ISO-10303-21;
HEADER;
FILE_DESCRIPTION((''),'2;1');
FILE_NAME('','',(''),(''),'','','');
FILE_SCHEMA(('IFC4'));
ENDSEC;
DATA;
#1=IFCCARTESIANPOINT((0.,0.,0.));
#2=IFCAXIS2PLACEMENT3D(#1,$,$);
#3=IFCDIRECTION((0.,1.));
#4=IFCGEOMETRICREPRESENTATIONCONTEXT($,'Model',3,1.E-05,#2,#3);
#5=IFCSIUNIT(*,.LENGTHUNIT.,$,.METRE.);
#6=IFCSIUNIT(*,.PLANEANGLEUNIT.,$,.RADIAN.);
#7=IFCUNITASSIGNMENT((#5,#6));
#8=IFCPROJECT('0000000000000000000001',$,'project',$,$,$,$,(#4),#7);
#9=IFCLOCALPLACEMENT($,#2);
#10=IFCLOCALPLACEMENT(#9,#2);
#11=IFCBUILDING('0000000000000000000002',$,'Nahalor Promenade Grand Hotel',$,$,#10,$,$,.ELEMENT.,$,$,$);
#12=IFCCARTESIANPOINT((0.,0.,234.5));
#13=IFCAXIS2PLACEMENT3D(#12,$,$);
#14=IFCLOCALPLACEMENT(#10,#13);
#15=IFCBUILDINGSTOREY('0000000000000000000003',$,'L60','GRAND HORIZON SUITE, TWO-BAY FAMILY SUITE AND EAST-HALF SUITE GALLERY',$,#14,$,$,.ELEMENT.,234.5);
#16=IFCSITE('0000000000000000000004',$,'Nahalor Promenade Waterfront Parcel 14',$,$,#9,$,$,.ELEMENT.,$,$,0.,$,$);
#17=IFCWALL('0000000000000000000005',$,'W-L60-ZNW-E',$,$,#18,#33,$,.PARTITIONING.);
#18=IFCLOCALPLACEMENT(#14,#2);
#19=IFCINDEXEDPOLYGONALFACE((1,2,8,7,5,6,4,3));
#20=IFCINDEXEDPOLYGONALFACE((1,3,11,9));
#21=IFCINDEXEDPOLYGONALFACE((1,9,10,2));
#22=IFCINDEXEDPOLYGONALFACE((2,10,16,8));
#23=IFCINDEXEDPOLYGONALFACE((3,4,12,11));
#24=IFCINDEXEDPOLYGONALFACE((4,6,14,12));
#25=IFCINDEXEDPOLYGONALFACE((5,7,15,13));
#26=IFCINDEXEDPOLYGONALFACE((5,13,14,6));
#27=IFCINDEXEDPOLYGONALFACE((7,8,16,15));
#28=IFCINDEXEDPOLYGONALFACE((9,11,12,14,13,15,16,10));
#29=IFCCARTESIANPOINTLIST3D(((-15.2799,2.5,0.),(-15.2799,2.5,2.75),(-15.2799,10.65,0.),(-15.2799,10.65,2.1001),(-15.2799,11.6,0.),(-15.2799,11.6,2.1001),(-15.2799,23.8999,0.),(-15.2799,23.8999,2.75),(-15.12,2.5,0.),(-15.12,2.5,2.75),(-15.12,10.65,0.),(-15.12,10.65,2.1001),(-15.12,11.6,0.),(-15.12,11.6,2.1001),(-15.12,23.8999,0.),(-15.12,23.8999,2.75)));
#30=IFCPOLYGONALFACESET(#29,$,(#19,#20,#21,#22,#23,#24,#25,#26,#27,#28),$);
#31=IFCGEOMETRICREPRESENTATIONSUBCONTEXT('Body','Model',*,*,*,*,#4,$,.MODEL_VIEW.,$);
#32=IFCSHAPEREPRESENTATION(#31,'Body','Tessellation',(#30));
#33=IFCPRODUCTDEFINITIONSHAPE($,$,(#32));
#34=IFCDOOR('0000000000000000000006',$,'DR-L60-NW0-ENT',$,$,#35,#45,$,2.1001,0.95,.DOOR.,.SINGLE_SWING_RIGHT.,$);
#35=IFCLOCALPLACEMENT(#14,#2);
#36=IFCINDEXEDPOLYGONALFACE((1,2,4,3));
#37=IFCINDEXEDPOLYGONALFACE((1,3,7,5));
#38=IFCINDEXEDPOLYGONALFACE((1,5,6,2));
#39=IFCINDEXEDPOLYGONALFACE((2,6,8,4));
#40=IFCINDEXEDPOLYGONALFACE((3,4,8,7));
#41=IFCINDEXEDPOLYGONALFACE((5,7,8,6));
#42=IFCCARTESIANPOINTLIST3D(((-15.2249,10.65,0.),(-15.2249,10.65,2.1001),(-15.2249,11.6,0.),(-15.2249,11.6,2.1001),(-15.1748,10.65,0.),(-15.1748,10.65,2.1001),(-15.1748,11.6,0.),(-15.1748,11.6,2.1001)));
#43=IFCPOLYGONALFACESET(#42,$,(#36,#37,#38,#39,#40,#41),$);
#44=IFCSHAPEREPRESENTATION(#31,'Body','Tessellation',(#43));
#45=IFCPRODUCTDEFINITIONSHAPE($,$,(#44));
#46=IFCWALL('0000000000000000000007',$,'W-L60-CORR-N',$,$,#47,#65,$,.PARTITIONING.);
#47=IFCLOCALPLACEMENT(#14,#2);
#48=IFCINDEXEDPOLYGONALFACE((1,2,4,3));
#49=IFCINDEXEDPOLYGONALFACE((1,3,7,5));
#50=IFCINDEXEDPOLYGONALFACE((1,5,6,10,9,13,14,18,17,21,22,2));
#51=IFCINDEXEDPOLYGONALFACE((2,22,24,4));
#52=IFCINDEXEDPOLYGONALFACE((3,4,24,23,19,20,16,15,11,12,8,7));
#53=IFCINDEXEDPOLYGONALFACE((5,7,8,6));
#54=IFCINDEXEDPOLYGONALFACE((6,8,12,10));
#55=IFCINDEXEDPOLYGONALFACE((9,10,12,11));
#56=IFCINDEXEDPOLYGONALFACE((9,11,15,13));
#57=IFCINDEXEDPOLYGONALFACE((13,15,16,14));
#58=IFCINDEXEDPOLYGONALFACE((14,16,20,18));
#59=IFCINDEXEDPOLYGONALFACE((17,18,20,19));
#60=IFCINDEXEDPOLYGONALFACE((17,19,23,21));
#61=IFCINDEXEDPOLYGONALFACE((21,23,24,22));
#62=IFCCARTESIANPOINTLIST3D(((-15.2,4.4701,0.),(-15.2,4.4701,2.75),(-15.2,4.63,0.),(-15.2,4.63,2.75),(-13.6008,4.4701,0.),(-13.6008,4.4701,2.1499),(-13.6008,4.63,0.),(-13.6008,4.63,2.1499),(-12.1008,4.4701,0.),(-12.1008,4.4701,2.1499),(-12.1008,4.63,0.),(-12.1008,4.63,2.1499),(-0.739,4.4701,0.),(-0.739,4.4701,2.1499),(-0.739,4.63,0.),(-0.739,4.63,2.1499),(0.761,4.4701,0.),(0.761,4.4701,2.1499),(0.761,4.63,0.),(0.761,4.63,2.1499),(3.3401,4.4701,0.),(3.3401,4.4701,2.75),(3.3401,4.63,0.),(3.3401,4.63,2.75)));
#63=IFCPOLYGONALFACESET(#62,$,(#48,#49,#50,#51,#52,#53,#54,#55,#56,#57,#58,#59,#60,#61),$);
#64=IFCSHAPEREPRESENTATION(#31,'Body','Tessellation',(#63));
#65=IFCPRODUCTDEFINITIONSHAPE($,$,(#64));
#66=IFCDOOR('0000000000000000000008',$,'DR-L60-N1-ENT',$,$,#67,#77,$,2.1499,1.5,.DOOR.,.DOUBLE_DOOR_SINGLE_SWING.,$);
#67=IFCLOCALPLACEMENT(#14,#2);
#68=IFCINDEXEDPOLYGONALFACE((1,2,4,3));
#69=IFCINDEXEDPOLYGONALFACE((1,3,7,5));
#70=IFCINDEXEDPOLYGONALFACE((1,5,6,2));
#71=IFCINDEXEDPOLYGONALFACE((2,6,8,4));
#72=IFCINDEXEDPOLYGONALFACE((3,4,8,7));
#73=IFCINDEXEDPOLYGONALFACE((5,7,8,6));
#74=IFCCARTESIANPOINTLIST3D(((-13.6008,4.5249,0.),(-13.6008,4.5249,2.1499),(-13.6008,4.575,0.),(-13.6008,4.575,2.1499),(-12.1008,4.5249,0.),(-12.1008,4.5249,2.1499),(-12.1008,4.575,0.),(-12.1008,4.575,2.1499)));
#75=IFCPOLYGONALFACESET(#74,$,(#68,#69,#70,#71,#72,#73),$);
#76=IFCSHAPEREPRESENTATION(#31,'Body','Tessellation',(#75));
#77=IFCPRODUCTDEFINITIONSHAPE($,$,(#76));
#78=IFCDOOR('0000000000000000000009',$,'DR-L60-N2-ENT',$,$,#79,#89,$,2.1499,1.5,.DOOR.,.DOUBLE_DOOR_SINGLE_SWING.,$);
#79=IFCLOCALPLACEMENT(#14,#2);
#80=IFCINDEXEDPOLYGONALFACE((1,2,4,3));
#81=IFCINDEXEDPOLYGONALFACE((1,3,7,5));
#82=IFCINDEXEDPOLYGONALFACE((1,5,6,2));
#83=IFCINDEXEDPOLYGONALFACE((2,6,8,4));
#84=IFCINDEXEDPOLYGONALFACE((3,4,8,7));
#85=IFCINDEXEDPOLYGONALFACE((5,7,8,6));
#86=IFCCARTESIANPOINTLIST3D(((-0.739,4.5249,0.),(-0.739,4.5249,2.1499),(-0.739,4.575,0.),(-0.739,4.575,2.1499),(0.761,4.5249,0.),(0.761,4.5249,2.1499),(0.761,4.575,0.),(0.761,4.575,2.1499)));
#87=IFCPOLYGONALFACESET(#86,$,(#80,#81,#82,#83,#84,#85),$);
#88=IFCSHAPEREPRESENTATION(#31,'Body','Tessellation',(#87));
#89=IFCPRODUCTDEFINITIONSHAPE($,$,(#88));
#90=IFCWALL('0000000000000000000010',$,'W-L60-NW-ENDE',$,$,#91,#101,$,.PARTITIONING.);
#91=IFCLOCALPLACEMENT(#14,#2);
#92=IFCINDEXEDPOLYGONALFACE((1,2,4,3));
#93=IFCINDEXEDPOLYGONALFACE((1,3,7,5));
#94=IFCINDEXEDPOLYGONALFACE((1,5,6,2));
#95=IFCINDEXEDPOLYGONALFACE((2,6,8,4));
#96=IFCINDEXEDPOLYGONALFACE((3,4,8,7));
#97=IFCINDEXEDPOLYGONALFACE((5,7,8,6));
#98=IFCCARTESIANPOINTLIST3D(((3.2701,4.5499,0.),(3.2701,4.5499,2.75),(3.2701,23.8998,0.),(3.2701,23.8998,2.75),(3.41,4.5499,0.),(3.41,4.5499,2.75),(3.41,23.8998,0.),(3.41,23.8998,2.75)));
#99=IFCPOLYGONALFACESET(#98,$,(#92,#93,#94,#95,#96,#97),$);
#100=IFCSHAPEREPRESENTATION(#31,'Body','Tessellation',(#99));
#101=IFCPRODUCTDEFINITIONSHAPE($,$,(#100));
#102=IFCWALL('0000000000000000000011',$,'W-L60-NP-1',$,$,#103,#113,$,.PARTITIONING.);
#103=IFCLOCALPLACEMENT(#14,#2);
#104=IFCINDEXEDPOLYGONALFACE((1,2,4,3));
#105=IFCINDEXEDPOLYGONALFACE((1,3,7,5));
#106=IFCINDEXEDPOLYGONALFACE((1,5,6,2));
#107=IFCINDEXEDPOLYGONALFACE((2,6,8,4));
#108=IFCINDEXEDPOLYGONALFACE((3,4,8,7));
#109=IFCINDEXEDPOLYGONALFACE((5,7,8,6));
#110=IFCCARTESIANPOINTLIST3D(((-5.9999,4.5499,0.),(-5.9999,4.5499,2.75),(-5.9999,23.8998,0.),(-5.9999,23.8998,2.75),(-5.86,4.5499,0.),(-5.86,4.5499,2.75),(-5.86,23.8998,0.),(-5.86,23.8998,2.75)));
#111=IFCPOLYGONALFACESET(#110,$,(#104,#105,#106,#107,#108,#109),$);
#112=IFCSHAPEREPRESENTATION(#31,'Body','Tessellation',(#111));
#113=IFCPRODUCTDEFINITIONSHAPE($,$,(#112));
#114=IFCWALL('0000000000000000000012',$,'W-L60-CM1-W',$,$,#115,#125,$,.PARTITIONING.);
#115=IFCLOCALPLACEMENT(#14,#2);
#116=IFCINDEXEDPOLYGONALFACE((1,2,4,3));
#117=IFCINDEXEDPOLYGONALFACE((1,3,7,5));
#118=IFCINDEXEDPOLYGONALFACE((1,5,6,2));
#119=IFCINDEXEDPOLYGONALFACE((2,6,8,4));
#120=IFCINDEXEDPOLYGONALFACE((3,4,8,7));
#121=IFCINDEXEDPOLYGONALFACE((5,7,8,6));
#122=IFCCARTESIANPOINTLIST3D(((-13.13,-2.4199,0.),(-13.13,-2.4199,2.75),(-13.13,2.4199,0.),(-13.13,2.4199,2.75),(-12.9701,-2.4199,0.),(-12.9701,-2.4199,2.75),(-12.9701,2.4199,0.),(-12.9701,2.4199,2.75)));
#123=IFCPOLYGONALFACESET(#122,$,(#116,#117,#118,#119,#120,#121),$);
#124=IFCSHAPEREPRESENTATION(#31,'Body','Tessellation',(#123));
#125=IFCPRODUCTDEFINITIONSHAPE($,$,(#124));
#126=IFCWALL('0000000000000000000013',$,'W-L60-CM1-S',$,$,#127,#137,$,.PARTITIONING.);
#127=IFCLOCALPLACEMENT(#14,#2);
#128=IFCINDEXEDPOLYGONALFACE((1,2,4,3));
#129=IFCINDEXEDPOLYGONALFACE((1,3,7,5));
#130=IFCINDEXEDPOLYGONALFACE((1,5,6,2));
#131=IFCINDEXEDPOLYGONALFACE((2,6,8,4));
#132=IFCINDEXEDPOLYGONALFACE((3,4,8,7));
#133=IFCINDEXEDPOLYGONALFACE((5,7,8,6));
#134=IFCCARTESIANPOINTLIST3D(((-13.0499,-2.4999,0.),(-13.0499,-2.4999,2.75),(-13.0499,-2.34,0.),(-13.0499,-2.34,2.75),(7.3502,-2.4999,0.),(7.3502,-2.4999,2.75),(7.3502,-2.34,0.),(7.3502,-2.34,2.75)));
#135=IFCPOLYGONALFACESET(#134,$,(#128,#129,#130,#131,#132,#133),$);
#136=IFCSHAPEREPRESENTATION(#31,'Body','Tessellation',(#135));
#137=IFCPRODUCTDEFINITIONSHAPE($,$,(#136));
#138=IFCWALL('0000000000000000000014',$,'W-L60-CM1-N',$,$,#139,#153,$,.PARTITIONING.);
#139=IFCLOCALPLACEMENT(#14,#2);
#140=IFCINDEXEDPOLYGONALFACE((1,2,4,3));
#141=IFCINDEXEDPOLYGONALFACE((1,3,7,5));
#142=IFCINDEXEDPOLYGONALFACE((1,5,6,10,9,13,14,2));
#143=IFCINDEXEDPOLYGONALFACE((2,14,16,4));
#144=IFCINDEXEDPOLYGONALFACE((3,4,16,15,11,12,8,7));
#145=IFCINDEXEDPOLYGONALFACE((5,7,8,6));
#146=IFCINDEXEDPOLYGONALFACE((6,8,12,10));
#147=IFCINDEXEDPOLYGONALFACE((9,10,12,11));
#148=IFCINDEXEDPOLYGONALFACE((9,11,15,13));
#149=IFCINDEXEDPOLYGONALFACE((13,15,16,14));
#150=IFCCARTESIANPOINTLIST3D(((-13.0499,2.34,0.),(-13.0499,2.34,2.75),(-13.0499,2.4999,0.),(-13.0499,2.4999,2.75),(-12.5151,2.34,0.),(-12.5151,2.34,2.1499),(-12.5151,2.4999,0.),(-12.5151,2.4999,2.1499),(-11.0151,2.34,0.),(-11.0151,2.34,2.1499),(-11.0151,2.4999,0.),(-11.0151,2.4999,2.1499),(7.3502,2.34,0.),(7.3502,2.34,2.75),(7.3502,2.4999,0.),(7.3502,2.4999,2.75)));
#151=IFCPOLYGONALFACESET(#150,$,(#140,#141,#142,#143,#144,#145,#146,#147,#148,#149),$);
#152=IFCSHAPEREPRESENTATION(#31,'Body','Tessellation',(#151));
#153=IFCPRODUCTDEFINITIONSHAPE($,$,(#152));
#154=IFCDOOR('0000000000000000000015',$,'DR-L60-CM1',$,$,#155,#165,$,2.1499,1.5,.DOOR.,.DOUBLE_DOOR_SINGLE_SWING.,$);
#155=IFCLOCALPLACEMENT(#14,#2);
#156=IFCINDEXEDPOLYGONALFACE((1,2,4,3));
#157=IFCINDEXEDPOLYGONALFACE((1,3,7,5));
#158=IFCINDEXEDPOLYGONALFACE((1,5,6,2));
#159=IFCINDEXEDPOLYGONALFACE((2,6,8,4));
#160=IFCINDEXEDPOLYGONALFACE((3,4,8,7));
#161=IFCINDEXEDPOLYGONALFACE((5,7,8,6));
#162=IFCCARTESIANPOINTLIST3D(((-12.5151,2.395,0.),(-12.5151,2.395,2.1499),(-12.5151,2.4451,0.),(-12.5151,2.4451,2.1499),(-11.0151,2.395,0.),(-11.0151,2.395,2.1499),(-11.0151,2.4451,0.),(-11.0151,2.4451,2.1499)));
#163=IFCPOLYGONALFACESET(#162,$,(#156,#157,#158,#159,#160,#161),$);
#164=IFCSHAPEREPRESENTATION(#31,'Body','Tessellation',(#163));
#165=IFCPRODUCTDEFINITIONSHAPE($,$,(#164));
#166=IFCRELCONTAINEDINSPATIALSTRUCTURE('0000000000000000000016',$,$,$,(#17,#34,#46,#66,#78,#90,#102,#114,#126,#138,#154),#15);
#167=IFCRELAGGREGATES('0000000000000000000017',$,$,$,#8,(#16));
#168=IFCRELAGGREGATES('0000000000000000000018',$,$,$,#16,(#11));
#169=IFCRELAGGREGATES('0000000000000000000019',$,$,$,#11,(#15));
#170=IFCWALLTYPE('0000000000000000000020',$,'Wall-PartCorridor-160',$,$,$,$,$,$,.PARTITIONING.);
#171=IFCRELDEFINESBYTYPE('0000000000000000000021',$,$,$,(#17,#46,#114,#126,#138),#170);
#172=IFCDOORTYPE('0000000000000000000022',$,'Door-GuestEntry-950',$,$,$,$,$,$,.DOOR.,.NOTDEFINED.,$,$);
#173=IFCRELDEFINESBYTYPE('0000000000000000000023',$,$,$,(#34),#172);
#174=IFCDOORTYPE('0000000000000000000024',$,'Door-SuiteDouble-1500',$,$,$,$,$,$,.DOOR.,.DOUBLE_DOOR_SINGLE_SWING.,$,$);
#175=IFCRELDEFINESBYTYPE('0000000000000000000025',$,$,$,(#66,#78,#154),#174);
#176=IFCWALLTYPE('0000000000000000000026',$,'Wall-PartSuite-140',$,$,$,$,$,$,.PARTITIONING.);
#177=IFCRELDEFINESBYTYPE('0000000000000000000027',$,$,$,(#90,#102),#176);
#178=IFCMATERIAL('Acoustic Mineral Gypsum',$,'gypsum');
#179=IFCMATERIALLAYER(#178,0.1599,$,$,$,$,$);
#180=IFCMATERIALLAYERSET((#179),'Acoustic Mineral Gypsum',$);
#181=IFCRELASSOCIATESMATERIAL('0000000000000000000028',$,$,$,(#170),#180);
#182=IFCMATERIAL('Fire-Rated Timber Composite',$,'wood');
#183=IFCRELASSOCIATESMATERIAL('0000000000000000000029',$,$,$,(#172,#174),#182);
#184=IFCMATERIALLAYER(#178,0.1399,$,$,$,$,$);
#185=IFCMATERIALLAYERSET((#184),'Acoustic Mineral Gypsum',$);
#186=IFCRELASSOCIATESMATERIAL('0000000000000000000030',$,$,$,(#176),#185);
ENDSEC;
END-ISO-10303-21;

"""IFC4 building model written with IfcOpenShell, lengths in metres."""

from ifc_helpers import new_model, si_unit, direction, frame, frame_2d, origin, place, context, subcontext, project, spatial, rectangle, extrude, source, transform, mapped, material, layer, layer_set, type_object, element, fill, save


model = new_model("IFC4")

# Units and contexts
model_context = context("Model", 3, precision=1e-05, world=origin(), true_north=direction((0.0, 1.0)))
body_context = subcontext(model_context, "Body", "Model", "MODEL_VIEW")
ifc_project = project(units=[si_unit("LENGTHUNIT", "METRE"), si_unit("PLANEANGLEUNIT", "RADIAN")], contexts=[model_context])

# Site, building, storey
site_placement = place(None, origin())
site = spatial("IfcSite", under=ifc_project, at=site_placement, Name="Nahalor Promenade Waterfront Parcel 14", CompositionType="ELEMENT", RefElevation=0.0)
building_placement = place(site_placement, origin())
building = spatial("IfcBuilding", under=site, at=building_placement, Name="Nahalor Promenade Grand Hotel", CompositionType="ELEMENT")
storey_placement = place(building_placement, frame((0.0, 0.0, 234.5)))
storey = spatial("IfcBuildingStorey", under=building, at=storey_placement, Name="L60", Description="GRAND HORIZON SUITE, TWO-BAY FAMILY SUITE AND EAST-HALF SUITE GALLERY", CompositionType="ELEMENT", Elevation=234.5)

# Wall, opening, door
ifc_material_1 = material(Name="Acoustic Mineral Gypsum", Category="gypsum")
ifc_layer_1 = layer(ifc_material_1, 0.1599)
ifc_layer_set_1 = layer_set([ifc_layer_1], Name="Acoustic Mineral Gypsum")
wall_type_1 = type_object("IfcWallType", Name="Wall-PartCorridor-160", PredefinedType="PARTITIONING", material=ifc_layer_set_1)
shared_shape_1 = source(origin(), body_context, "Body", "SweptSolid", [
    extrude(rectangle(XDim=21.3999, YDim=0.1599, at=frame_2d((10.7, 0.0))), origin(), (0.0, 0.0, 1.0), 2.75),
])
wall_1_placement = place(storey_placement, frame((-15.2, 2.5, 0.0), z_axis=(0.0, 0.0, 1.0), x_axis=(0.0, 1.0, 0.0)))
wall_1 = element("IfcWall", 1, at=wall_1_placement, inside=storey, type_object=wall_type_1, Name="W-L60-ZNW-E", PredefinedType="PARTITIONING", context=body_context, shape_type="MappedRepresentation", body=[
    mapped(shared_shape_1, transform((0.0, 0.0, 0.0), scale=1.0)),
])
opening_1_placement = place(wall_1_placement, frame((8.1499, 0.0, 0.0)))
opening_1 = element("IfcOpeningElement", 2, at=opening_1_placement, cuts=wall_1, PredefinedType="OPENING", context=body_context, shape_type="SweptSolid", body=[
    extrude(rectangle(XDim=0.95, YDim=2.1001, at=frame_2d((0.4751, 1.05))), frame((0.0, 0.0898, 0.0), z_axis=(0.0, -1.0, 0.0), x_axis=(1.0, 0.0, 0.0)), (0.0, 0.0, 1.0), 0.1799),
])
ifc_material_2 = material(Name="Fire-Rated Timber Composite", Category="wood")
door_type_1 = type_object("IfcDoorType", Name="Door-GuestEntry-950", OperationType="NOTDEFINED", PredefinedType="DOOR", material=ifc_material_2)
shared_shape_2 = source(origin(), body_context, "Body", "SweptSolid", [
    extrude(rectangle(XDim=0.95, YDim=2.1001, at=frame_2d((0.4751, 1.05))), frame((0.0, 0.0249, 0.0), z_axis=(0.0, -1.0, 0.0), x_axis=(1.0, 0.0, 0.0)), (0.0, 0.0, 1.0), 0.05),
])
door_1_placement = place(opening_1_placement, origin())
door_1 = element("IfcDoor", 3, at=door_1_placement, inside=storey, type_object=door_type_1, Name="DR-L60-NW0-ENT", OperationType="SINGLE_SWING_RIGHT", OverallHeight=2.1001, OverallWidth=0.95, PredefinedType="DOOR", context=body_context, shape_type="MappedRepresentation", body=[
    mapped(shared_shape_2, transform((0.0, 0.0, 0.0), scale=1.0)),
])
fill(opening_1, door_1)

# Wall, openings, doors
shared_shape_3 = source(origin(), body_context, "Body", "SweptSolid", [
    extrude(rectangle(XDim=18.54, YDim=0.1599, at=frame_2d((9.27, 0.0))), origin(), (0.0, 0.0, 1.0), 2.75),
])
wall_2_placement = place(storey_placement, frame((-15.2, 4.55, 0.0), z_axis=(0.0, 0.0, 1.0), x_axis=(1.0, 0.0, 0.0)))
wall_2 = element("IfcWall", 4, at=wall_2_placement, inside=storey, type_object=wall_type_1, Name="W-L60-CORR-N", PredefinedType="PARTITIONING", context=body_context, shape_type="MappedRepresentation", body=[
    mapped(shared_shape_3, transform((0.0, 0.0, 0.0), scale=1.0)),
])
opening_2_placement = place(wall_2_placement, frame((1.5991, 0.0, 0.0)))
opening_2 = element("IfcOpeningElement", 5, at=opening_2_placement, cuts=wall_2, PredefinedType="OPENING", context=body_context, shape_type="SweptSolid", body=[
    extrude(rectangle(XDim=1.5, YDim=2.1499, at=frame_2d((0.75, 1.075))), frame((0.0, 0.0898, 0.0), z_axis=(0.0, -1.0, 0.0), x_axis=(1.0, 0.0, 0.0)), (0.0, 0.0, 1.0), 0.1799),
])
opening_3_placement = place(wall_2_placement, frame((14.4609, 0.0, 0.0)))
opening_3 = element("IfcOpeningElement", 6, at=opening_3_placement, cuts=wall_2, PredefinedType="OPENING", context=body_context, shape_type="SweptSolid", body=[
    extrude(rectangle(XDim=1.5, YDim=2.1499, at=frame_2d((0.75, 1.075))), frame((0.0, 0.0898, 0.0), z_axis=(0.0, -1.0, 0.0), x_axis=(1.0, 0.0, 0.0)), (0.0, 0.0, 1.0), 0.1799),
])
door_type_2 = type_object("IfcDoorType", Name="Door-SuiteDouble-1500", OperationType="DOUBLE_DOOR_SINGLE_SWING", PredefinedType="DOOR", material=ifc_material_2)
shared_shape_4 = source(origin(), body_context, "Body", "SweptSolid", [
    extrude(rectangle(XDim=1.5, YDim=2.1499, at=frame_2d((0.75, 1.075))), frame((0.0, 0.0249, 0.0), z_axis=(0.0, -1.0, 0.0), x_axis=(1.0, 0.0, 0.0)), (0.0, 0.0, 1.0), 0.05),
])
door_2_placement = place(opening_2_placement, origin())
door_2 = element("IfcDoor", 7, at=door_2_placement, inside=storey, type_object=door_type_2, Name="DR-L60-N1-ENT", OperationType="DOUBLE_DOOR_SINGLE_SWING", OverallHeight=2.1499, OverallWidth=1.5, PredefinedType="DOOR", context=body_context, shape_type="MappedRepresentation", body=[
    mapped(shared_shape_4, transform((0.0, 0.0, 0.0), scale=1.0)),
])
fill(opening_2, door_2)
door_3_placement = place(opening_3_placement, origin())
door_3 = element("IfcDoor", 8, at=door_3_placement, inside=storey, type_object=door_type_2, Name="DR-L60-N2-ENT", OperationType="DOUBLE_DOOR_SINGLE_SWING", OverallHeight=2.1499, OverallWidth=1.5, PredefinedType="DOOR", context=body_context, shape_type="MappedRepresentation", body=[
    mapped(shared_shape_4, transform((0.0, 0.0, 0.0), scale=1.0)),
])
fill(opening_3, door_3)

# Walls
ifc_layer_2 = layer(ifc_material_1, 0.1399)
ifc_layer_set_2 = layer_set([ifc_layer_2], Name="Acoustic Mineral Gypsum")
wall_type_2 = type_object("IfcWallType", Name="Wall-PartSuite-140", PredefinedType="PARTITIONING", material=ifc_layer_set_2)
shared_shape_5 = source(origin(), body_context, "Body", "SweptSolid", [
    extrude(rectangle(XDim=19.3499, YDim=0.1399, at=frame_2d((9.6748, 0.0))), origin(), (0.0, 0.0, 1.0), 2.75),
])
for number, where, z_axis, x_axis, name in (
    (9, (3.3401, 4.55, 0.0), (0.0, 0.0, 1.0), (0.0, 1.0, 0.0), "W-L60-NW-ENDE"),
    (10, (-5.9299, 4.55, 0.0), (0.0, 0.0, 1.0), (0.0, 1.0, 0.0), "W-L60-NP-1"),
):
    element("IfcWall", number, at=place(storey_placement, frame(where, z_axis=z_axis, x_axis=x_axis)), inside=storey, type_object=wall_type_2, Name=name, PredefinedType="PARTITIONING", context=body_context, shape_type="MappedRepresentation", body=[
        mapped(shared_shape_5, transform((0.0, 0.0, 0.0), scale=1.0)),
    ])
shared_shape_6 = source(origin(), body_context, "Body", "SweptSolid", [
    extrude(rectangle(XDim=4.8398, YDim=0.1599, at=frame_2d((2.4199, 0.0))), origin(), (0.0, 0.0, 1.0), 2.75),
])
wall_3_placement = place(storey_placement, frame((-13.05, -2.4199, 0.0), z_axis=(0.0, 0.0, 1.0), x_axis=(0.0, 1.0, 0.0)))
element("IfcWall", 11, at=wall_3_placement, inside=storey, type_object=wall_type_1, Name="W-L60-CM1-W", PredefinedType="PARTITIONING", context=body_context, shape_type="MappedRepresentation", body=[
    mapped(shared_shape_6, transform((0.0, 0.0, 0.0), scale=1.0)),
])
shared_shape_7 = source(origin(), body_context, "Body", "SweptSolid", [
    extrude(rectangle(XDim=20.4001, YDim=0.1599, at=frame_2d((10.2002, 0.0))), origin(), (0.0, 0.0, 1.0), 2.75),
])
wall_4_placement = place(storey_placement, frame((-13.05, -2.4199, 0.0), z_axis=(0.0, 0.0, 1.0), x_axis=(1.0, 0.0, 0.0)))
element("IfcWall", 12, at=wall_4_placement, inside=storey, type_object=wall_type_1, Name="W-L60-CM1-S", PredefinedType="PARTITIONING", context=body_context, shape_type="MappedRepresentation", body=[
    mapped(shared_shape_7, transform((0.0, 0.0, 0.0), scale=1.0)),
])

# Wall, opening, door
wall_5_placement = place(storey_placement, frame((-13.05, 2.4199, 0.0), z_axis=(0.0, 0.0, 1.0), x_axis=(1.0, 0.0, 0.0)))
wall_5 = element("IfcWall", 13, at=wall_5_placement, inside=storey, type_object=wall_type_1, Name="W-L60-CM1-N", PredefinedType="PARTITIONING", context=body_context, shape_type="MappedRepresentation", body=[
    mapped(shared_shape_7, transform((0.0, 0.0, 0.0), scale=1.0)),
])
opening_4_placement = place(wall_5_placement, frame((0.5349, 0.0, 0.0)))
opening_4 = element("IfcOpeningElement", 14, at=opening_4_placement, cuts=wall_5, PredefinedType="OPENING", context=body_context, shape_type="SweptSolid", body=[
    extrude(rectangle(XDim=1.5, YDim=2.1499, at=frame_2d((0.75, 1.075))), frame((0.0, 0.0898, 0.0), z_axis=(0.0, -1.0, 0.0), x_axis=(1.0, 0.0, 0.0)), (0.0, 0.0, 1.0), 0.1799),
])
door_4_placement = place(opening_4_placement, frame((1.5, 0.0, 0.0), z_axis=(0.0, 0.0, 1.0), x_axis=(-1.0, 0.0, 0.0)))
door_4 = element("IfcDoor", 15, at=door_4_placement, inside=storey, type_object=door_type_2, Name="DR-L60-CM1", OperationType="DOUBLE_DOOR_SINGLE_SWING", OverallHeight=2.1499, OverallWidth=1.5, PredefinedType="DOOR", context=body_context, shape_type="MappedRepresentation", body=[
    mapped(shared_shape_4, transform((0.0, 0.0, 0.0), scale=1.0)),
])
fill(opening_4, door_4)

save(model, "model.ifc")
